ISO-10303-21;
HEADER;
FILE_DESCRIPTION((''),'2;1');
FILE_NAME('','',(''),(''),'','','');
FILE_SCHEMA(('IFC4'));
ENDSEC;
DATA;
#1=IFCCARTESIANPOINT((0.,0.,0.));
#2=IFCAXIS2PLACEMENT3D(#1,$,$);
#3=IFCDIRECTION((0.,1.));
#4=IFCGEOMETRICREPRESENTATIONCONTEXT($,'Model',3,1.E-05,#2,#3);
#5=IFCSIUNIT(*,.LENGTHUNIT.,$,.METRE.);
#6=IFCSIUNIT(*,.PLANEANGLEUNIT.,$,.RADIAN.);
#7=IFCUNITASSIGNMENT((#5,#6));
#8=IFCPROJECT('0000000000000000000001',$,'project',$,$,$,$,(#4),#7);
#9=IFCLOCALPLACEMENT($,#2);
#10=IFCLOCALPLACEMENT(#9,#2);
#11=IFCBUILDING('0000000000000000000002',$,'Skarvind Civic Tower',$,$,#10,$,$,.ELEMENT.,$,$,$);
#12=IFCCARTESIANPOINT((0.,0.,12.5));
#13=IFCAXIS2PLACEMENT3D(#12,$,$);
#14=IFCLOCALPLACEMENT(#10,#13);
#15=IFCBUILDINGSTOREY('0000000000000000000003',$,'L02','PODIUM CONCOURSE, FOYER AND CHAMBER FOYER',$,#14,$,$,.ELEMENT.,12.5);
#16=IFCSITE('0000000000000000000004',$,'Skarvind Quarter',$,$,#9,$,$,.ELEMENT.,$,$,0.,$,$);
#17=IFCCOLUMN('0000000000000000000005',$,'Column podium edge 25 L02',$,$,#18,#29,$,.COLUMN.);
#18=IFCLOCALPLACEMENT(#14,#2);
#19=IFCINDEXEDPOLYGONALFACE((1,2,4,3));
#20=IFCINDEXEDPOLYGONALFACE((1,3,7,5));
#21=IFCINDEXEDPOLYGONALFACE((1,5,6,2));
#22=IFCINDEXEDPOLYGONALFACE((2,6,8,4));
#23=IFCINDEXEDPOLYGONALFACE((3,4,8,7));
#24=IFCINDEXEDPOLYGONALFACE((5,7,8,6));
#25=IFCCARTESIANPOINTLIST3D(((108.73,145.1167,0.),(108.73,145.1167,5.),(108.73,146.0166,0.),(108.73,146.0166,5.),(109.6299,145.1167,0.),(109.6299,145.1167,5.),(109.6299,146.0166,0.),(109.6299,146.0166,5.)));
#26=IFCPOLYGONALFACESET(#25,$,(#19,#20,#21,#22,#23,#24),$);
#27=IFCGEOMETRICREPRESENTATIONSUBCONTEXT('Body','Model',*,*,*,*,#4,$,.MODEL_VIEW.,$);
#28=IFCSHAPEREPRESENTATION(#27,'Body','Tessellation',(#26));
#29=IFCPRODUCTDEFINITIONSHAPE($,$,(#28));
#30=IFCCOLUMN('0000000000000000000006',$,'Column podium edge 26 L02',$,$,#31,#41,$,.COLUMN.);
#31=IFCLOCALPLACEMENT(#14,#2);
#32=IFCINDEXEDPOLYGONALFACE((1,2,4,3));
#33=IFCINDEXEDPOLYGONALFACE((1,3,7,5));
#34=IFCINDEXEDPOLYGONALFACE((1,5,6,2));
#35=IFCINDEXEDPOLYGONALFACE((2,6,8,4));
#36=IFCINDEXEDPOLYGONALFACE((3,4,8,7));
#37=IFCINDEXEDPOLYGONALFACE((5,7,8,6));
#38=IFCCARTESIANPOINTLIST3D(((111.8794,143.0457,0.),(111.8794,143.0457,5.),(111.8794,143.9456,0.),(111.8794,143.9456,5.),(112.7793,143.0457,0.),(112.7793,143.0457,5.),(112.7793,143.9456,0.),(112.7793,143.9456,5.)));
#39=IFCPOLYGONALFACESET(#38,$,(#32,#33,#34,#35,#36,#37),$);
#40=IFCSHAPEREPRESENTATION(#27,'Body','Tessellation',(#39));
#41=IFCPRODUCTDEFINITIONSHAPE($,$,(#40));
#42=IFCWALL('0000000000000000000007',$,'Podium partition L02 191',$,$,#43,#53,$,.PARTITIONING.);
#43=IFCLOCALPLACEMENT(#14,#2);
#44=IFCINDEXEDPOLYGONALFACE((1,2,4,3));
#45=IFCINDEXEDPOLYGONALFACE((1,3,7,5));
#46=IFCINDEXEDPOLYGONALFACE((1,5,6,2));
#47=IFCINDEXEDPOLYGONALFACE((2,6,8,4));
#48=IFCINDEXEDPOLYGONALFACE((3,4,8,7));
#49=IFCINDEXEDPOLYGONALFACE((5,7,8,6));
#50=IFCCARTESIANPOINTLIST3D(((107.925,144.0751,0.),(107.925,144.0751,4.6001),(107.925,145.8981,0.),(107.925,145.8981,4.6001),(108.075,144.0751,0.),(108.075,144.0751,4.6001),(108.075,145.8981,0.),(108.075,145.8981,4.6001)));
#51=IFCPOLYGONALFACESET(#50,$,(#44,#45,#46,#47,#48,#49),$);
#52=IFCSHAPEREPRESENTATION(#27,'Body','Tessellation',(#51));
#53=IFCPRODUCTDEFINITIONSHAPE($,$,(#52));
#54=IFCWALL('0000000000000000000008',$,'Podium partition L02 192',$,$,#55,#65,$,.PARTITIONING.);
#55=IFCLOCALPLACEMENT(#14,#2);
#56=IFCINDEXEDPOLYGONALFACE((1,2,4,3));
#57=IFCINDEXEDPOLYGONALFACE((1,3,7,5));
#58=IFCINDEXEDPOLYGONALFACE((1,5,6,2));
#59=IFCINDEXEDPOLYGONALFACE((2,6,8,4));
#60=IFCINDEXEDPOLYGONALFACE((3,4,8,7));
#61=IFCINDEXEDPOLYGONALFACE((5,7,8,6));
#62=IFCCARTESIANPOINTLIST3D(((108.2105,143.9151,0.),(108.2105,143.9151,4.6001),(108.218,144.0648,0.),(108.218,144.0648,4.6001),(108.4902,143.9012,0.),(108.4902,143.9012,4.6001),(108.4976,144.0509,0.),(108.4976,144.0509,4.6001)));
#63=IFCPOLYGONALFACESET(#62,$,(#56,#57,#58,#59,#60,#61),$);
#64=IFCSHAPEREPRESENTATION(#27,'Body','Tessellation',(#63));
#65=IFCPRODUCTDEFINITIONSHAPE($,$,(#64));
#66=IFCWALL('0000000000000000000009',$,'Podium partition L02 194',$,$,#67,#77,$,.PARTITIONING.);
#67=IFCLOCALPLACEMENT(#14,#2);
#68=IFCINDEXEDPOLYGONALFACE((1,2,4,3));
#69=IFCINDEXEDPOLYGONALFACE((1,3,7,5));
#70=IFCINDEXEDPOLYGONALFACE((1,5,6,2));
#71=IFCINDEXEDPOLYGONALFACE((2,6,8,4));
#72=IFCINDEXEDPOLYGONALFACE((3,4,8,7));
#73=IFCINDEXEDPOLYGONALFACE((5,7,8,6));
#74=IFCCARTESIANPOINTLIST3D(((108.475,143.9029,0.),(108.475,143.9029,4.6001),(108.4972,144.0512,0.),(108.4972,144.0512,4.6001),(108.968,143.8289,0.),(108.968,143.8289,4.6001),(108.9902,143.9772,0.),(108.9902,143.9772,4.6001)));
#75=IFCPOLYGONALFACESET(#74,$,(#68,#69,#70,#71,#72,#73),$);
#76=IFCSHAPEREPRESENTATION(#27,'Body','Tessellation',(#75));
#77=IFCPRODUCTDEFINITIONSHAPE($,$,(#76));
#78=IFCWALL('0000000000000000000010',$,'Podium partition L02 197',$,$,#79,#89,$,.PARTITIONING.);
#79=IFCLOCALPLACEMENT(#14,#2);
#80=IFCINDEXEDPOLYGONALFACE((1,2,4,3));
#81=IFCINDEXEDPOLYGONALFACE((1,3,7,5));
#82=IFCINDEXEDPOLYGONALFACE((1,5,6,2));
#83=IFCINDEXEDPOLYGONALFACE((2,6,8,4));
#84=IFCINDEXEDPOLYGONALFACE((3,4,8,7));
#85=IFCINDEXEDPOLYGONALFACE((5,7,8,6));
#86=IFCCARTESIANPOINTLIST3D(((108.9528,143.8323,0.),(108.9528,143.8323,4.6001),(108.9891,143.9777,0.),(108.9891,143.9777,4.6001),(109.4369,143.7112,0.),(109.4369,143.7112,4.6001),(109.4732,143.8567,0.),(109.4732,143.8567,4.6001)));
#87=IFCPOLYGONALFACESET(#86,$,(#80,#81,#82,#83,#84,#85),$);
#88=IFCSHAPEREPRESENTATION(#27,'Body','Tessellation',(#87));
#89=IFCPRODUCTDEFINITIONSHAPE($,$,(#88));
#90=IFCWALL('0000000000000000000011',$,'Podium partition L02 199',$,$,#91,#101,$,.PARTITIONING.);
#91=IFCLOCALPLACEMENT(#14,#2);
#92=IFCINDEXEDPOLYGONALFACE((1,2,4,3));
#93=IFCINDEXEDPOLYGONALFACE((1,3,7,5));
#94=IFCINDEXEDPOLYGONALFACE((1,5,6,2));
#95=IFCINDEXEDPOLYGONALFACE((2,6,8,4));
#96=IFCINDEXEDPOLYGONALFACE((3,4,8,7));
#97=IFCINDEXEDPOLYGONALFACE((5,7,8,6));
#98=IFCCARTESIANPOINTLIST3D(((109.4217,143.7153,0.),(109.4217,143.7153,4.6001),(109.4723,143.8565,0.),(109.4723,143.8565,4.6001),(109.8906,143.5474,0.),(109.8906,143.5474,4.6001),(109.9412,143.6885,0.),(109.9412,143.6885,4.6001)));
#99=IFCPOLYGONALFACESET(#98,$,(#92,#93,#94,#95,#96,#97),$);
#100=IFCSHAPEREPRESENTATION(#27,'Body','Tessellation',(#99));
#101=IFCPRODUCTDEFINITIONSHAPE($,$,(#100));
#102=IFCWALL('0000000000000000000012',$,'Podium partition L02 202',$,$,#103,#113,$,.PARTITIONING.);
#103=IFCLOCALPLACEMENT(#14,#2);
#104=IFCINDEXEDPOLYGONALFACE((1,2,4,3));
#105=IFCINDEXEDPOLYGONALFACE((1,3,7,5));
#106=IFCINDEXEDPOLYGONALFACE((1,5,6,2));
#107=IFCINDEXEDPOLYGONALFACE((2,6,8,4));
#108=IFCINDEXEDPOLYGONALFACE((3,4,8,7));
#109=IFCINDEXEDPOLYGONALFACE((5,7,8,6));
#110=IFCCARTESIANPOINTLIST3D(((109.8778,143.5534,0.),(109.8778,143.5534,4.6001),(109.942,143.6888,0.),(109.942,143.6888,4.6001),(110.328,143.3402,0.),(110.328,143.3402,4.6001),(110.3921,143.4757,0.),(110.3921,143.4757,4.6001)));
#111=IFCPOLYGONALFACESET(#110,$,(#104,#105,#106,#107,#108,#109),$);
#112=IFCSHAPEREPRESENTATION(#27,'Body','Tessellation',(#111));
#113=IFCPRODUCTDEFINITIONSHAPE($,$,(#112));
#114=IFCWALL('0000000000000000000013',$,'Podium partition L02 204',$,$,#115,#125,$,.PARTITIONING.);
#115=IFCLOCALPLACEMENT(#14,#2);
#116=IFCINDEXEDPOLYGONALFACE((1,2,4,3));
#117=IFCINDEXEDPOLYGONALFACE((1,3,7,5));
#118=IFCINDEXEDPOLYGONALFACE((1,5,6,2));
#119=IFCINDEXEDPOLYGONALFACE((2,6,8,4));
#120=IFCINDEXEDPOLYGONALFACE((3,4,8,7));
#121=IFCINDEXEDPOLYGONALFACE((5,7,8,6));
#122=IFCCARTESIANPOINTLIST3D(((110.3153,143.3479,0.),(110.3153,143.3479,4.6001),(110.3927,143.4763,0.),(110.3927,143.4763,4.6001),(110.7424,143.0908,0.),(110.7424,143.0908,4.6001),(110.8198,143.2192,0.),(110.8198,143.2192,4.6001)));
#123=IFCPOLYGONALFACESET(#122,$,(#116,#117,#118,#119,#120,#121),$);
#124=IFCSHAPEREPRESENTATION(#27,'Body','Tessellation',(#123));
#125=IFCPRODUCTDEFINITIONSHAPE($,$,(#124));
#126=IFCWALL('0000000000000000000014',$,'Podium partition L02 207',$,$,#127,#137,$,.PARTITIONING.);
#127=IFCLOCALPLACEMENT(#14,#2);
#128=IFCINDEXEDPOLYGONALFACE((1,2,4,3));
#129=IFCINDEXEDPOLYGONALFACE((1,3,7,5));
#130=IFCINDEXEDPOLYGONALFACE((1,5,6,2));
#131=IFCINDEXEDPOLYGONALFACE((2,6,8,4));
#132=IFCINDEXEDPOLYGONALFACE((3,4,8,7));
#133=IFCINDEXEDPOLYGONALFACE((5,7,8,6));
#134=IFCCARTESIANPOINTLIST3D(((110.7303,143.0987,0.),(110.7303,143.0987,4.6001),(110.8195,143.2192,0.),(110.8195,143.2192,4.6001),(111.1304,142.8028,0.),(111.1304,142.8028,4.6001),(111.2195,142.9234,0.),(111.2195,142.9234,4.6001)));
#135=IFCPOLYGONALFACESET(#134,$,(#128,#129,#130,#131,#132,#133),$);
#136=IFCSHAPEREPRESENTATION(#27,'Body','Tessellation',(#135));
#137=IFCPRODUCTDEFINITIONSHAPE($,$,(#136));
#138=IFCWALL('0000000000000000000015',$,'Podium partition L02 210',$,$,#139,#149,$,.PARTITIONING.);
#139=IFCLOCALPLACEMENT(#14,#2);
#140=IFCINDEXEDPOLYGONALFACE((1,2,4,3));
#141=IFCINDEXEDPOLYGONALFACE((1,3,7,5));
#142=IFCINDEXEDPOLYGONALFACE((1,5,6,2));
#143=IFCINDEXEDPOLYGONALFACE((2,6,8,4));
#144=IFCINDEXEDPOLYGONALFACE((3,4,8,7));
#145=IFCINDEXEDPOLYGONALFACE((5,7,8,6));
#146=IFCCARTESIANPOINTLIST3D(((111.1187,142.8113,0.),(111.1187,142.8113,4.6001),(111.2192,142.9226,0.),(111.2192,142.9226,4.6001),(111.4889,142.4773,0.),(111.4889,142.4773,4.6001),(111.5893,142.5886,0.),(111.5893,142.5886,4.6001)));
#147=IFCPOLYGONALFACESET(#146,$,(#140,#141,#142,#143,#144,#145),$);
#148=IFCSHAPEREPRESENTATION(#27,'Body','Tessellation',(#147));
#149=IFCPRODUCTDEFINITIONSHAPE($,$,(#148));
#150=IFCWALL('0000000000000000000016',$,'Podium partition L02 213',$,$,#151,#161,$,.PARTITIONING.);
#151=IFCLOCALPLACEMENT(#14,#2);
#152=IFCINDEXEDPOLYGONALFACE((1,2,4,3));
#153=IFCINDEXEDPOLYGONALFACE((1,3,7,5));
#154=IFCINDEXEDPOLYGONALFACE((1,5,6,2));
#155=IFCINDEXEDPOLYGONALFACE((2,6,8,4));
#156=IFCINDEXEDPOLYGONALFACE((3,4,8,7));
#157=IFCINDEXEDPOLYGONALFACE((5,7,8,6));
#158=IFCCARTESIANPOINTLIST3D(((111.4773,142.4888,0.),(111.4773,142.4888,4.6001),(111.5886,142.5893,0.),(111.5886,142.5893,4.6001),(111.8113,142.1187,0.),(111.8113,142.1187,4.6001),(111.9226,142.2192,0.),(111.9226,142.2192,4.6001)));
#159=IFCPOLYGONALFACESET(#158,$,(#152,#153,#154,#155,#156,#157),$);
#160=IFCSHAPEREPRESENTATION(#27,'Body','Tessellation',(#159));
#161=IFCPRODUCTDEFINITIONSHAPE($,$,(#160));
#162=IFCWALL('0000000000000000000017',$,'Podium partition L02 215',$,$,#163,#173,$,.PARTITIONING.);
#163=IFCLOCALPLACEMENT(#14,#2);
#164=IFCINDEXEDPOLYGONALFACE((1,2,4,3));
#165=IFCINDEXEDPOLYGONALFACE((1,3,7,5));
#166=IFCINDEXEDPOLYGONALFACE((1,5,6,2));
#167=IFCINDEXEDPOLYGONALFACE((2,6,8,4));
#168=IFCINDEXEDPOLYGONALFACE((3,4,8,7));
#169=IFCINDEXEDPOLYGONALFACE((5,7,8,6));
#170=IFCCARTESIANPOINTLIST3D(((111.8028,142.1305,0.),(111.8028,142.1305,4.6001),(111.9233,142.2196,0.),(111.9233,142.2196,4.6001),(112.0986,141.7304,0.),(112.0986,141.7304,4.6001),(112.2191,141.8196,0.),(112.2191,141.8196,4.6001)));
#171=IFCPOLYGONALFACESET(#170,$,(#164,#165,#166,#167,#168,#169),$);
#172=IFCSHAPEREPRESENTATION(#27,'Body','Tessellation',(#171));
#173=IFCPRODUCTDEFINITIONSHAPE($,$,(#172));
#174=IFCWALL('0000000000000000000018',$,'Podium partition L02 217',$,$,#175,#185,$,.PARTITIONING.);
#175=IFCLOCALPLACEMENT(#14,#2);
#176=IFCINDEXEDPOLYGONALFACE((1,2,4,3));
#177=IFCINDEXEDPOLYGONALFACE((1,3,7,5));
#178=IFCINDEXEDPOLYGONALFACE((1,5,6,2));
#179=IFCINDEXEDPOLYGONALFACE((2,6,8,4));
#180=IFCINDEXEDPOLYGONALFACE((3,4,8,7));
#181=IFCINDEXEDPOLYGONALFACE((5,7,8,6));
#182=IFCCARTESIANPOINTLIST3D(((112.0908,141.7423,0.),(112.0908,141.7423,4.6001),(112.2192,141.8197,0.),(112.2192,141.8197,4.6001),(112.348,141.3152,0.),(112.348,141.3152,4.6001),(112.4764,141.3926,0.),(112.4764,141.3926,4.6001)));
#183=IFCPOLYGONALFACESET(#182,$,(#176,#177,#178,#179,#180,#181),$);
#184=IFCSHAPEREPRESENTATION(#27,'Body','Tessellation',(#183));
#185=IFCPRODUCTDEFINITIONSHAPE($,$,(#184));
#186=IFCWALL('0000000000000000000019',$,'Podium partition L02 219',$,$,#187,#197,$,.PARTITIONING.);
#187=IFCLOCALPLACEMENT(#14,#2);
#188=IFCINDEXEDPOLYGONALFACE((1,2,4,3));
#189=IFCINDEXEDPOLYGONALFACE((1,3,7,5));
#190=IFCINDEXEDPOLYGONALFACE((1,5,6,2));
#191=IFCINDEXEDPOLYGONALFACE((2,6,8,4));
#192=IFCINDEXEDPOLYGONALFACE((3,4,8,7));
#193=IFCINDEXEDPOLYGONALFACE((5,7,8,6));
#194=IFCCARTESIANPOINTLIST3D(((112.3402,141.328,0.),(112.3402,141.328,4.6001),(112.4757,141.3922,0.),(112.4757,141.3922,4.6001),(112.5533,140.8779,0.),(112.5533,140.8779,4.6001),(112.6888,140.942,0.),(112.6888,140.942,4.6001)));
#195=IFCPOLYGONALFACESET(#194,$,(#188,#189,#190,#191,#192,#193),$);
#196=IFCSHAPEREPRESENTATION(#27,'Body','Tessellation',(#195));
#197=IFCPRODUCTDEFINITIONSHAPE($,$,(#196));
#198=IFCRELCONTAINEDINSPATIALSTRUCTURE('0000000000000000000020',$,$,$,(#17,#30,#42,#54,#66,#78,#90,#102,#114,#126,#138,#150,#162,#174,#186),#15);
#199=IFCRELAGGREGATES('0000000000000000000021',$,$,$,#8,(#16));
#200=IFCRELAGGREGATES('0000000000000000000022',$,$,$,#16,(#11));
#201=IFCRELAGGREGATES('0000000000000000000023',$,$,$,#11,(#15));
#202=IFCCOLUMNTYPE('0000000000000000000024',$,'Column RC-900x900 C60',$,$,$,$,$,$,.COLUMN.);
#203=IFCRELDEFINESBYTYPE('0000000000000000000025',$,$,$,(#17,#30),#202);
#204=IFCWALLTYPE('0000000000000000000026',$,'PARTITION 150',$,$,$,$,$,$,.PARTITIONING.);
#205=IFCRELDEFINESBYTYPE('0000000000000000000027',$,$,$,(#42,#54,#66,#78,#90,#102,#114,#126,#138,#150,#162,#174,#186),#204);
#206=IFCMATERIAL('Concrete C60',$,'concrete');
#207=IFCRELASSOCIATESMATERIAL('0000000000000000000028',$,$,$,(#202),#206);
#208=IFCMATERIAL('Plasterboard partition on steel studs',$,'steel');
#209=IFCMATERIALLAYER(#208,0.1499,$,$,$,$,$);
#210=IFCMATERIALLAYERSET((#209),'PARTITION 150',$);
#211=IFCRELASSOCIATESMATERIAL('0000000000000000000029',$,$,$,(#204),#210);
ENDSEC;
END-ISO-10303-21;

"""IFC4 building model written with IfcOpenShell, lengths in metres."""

from ifc_helpers import new_model, si_unit, direction, frame, frame_2d, origin, origin_2d, place, context, subcontext, project, spatial, rectangle, extrude, material, layer, layer_set, material_profile, profile_set, type_object, element, save


model = new_model("IFC4")

# Units and contexts
model_context = context("Model", 3, precision=1e-05, world=origin(), true_north=direction((0.0, 1.0)))
body_context = subcontext(model_context, "Body", "Model", "MODEL_VIEW")
ifc_project = project(units=[si_unit("LENGTHUNIT", "METRE"), si_unit("PLANEANGLEUNIT", "RADIAN")], contexts=[model_context])

# Site, building, storey
site_placement = place(None, origin())
site = spatial("IfcSite", under=ifc_project, at=site_placement, Name="Skarvind Quarter", CompositionType="ELEMENT", RefElevation=0.0)
building_placement = place(site_placement, origin())
building = spatial("IfcBuilding", under=site, at=building_placement, Name="Skarvind Civic Tower", CompositionType="ELEMENT")
storey_placement = place(building_placement, frame((0.0, 0.0, 12.5)))
storey = spatial("IfcBuildingStorey", under=building, at=storey_placement, Name="L02", Description="PODIUM CONCOURSE, FOYER AND CHAMBER FOYER", CompositionType="ELEMENT", Elevation=12.5)

# Columns
ifc_material_1 = material(Name="Concrete C60", Category="concrete")
ifc_material_profile = material_profile(ifc_material_1, rectangle(XDim=0.8999, YDim=0.8999, at=origin_2d()), Name="RC-900x900")
ifc_profile_set = profile_set([ifc_material_profile], Name="Concrete C60")
column_type = type_object("IfcColumnType", Name="Column RC-900x900 C60", PredefinedType="COLUMN", material=ifc_profile_set)
for number, where, z_axis, x_axis, name in (
    (1, (109.1799, 145.5667, 0.0), (0.0, 0.0, 1.0), (1.0, 0.0, 0.0), "Column podium edge 25 L02"),
    (2, (112.3293, 143.4956, 0.0), (0.0, 0.0, 1.0), (1.0, 0.0, 0.0), "Column podium edge 26 L02"),
):
    element("IfcColumn", number, at=place(storey_placement, frame(where, z_axis=z_axis, x_axis=x_axis)), inside=storey, type_object=column_type, Name=name, PredefinedType="COLUMN", context=body_context, shape_type="SweptSolid", body=[
        extrude(rectangle(XDim=0.8999, YDim=0.8999, at=origin_2d()), origin(), (0.0, 0.0, 1.0), 5.0),
    ])

# Walls
ifc_material_2 = material(Name="Plasterboard partition on steel studs", Category="steel")
ifc_layer_1 = layer(ifc_material_2, 0.1499)
ifc_layer_set_1 = layer_set([ifc_layer_1], Name="PARTITION 150")
wall_type_1 = type_object("IfcWallType", Name="PARTITION 150", PredefinedType="PARTITIONING", material=ifc_layer_set_1)
wall_1_placement = place(storey_placement, frame((108.0, 144.075, 0.0), z_axis=(0.0, 0.0, 1.0), x_axis=(0.0, 1.0, 0.0)))
element("IfcWall", 3, at=wall_1_placement, inside=storey, type_object=wall_type_1, Name="Podium partition L02 191", PredefinedType="PARTITIONING", context=body_context, shape_type="SweptSolid", body=[
    extrude(rectangle(XDim=1.823, YDim=0.1499, at=frame_2d((0.9116, 0.0))), origin(), (0.0, 0.0, 1.0), 4.6001),
])
wall_2_placement = place(storey_placement, frame((108.2141, 143.99, 0.0), z_axis=(0.0, 0.0, 1.0), x_axis=(0.998765, -0.049677, 0.0)))
element("IfcWall", 4, at=wall_2_placement, inside=storey, type_object=wall_type_1, Name="Podium partition L02 192", PredefinedType="PARTITIONING", context=body_context, shape_type="SweptSolid", body=[
    extrude(rectangle(XDim=0.28, YDim=0.1499, at=frame_2d((0.1401, 0.0))), origin(), (0.0, 0.0, 1.0), 4.6001),
])
wall_3_placement = place(storey_placement, frame((108.4861, 143.9771, 0.0), z_axis=(0.0, 0.0, 1.0), x_axis=(0.988926, -0.148412, 0.0)))
element("IfcWall", 5, at=wall_3_placement, inside=storey, type_object=wall_type_1, Name="Podium partition L02 194", PredefinedType="PARTITIONING", context=body_context, shape_type="SweptSolid", body=[
    extrude(rectangle(XDim=0.4985, YDim=0.1499, at=frame_2d((0.2493, 0.0))), origin(), (0.0, 0.0, 1.0), 4.6001),
])
wall_4_placement = place(storey_placement, frame((108.9709, 143.905, 0.0), z_axis=(0.0, 0.0, 1.0), x_axis=(0.970114, -0.242651, 0.0)))
element("IfcWall", 6, at=wall_4_placement, inside=storey, type_object=wall_type_1, Name="Podium partition L02 197", PredefinedType="PARTITIONING", context=body_context, shape_type="SweptSolid", body=[
    extrude(rectangle(XDim=0.499, YDim=0.1499, at=frame_2d((0.2495, 0.0))), origin(), (0.0, 0.0, 1.0), 4.6001),
])
for number, where, z_axis, x_axis, name in (
    (7, (109.447, 143.7859, 0.0), (0.0, 0.0, 1.0), (0.941442, -0.337174, 0.0), "Podium partition L02 199"),
    (8, (109.9099, 143.6211, 0.0), (0.0, 0.0, 1.0), (0.903828, -0.427897, 0.0), "Podium partition L02 202"),
):
    element("IfcWall", number, at=place(storey_placement, frame(where, z_axis=z_axis, x_axis=x_axis)), inside=storey, type_object=wall_type_1, Name=name, PredefinedType="PARTITIONING", context=body_context, shape_type="SweptSolid", body=[
        extrude(rectangle(XDim=0.498, YDim=0.1499, at=frame_2d((0.249, 0.0))), origin(), (0.0, 0.0, 1.0), 4.6001),
    ])
wall_5_placement = place(storey_placement, frame((110.354, 143.4121, 0.0), z_axis=(0.0, 0.0, 1.0), x_axis=(0.856714, -0.515792, 0.0)))
element("IfcWall", 9, at=wall_5_placement, inside=storey, type_object=wall_type_1, Name="Podium partition L02 204", PredefinedType="PARTITIONING", context=body_context, shape_type="SweptSolid", body=[
    extrude(rectangle(XDim=0.4985, YDim=0.1499, at=frame_2d((0.2493, 0.0))), origin(), (0.0, 0.0, 1.0), 4.6001),
])
wall_6_placement = place(storey_placement, frame((110.7749, 143.1589, 0.0), z_axis=(0.0, 0.0, 1.0), x_axis=(0.804044, -0.59457, 0.0)))
element("IfcWall", 10, at=wall_6_placement, inside=storey, type_object=wall_type_1, Name="Podium partition L02 207", PredefinedType="PARTITIONING", context=body_context, shape_type="SweptSolid", body=[
    extrude(rectangle(XDim=0.4976, YDim=0.1499, at=frame_2d((0.2488, 0.0))), origin(), (0.0, 0.0, 1.0), 4.6001),
])
for number, where, z_axis, x_axis, name in (
    (11, (111.1689, 142.8669, 0.0), (0.0, 0.0, 1.0), (0.742417, -0.669938, 0.0), "Podium partition L02 210"),
    (12, (111.533, 142.5391, 0.0), (0.0, 0.0, 1.0), (0.669938, -0.742417, 0.0), "Podium partition L02 213"),
):
    element("IfcWall", number, at=place(storey_placement, frame(where, z_axis=z_axis, x_axis=x_axis)), inside=storey, type_object=wall_type_1, Name=name, PredefinedType="PARTITIONING", context=body_context, shape_type="SweptSolid", body=[
        extrude(rectangle(XDim=0.4985, YDim=0.1499, at=frame_2d((0.2493, 0.0))), origin(), (0.0, 0.0, 1.0), 4.6001),
    ])
wall_7_placement = place(storey_placement, frame((111.863, 142.175, 0.0), z_axis=(0.0, 0.0, 1.0), x_axis=(0.59457, -0.804044, 0.0)))
element("IfcWall", 13, at=wall_7_placement, inside=storey, type_object=wall_type_1, Name="Podium partition L02 215", PredefinedType="PARTITIONING", context=body_context, shape_type="SweptSolid", body=[
    extrude(rectangle(XDim=0.4976, YDim=0.1499, at=frame_2d((0.2488, 0.0))), origin(), (0.0, 0.0, 1.0), 4.6001),
])
wall_8_placement = place(storey_placement, frame((112.155, 141.781, 0.0), z_axis=(0.0, 0.0, 1.0), x_axis=(0.515792, -0.856714, 0.0)))
element("IfcWall", 14, at=wall_8_placement, inside=storey, type_object=wall_type_1, Name="Podium partition L02 217", PredefinedType="PARTITIONING", context=body_context, shape_type="SweptSolid", body=[
    extrude(rectangle(XDim=0.4985, YDim=0.1499, at=frame_2d((0.2493, 0.0))), origin(), (0.0, 0.0, 1.0), 4.6001),
])
for number, where, z_axis, x_axis, name in (
    (15, (112.408, 141.3601, 0.0), (0.0, 0.0, 1.0), (0.427897, -0.903828, 0.0), "Podium partition L02 219"),
):
    element("IfcWall", number, at=place(storey_placement, frame(where, z_axis=z_axis, x_axis=x_axis)), inside=storey, type_object=wall_type_1, Name=name, PredefinedType="PARTITIONING", context=body_context, shape_type="SweptSolid", body=[
        extrude(rectangle(XDim=0.498, YDim=0.1499, at=frame_2d((0.249, 0.0))), origin(), (0.0, 0.0, 1.0), 4.6001),
    ])

save(model, "model.ifc")
